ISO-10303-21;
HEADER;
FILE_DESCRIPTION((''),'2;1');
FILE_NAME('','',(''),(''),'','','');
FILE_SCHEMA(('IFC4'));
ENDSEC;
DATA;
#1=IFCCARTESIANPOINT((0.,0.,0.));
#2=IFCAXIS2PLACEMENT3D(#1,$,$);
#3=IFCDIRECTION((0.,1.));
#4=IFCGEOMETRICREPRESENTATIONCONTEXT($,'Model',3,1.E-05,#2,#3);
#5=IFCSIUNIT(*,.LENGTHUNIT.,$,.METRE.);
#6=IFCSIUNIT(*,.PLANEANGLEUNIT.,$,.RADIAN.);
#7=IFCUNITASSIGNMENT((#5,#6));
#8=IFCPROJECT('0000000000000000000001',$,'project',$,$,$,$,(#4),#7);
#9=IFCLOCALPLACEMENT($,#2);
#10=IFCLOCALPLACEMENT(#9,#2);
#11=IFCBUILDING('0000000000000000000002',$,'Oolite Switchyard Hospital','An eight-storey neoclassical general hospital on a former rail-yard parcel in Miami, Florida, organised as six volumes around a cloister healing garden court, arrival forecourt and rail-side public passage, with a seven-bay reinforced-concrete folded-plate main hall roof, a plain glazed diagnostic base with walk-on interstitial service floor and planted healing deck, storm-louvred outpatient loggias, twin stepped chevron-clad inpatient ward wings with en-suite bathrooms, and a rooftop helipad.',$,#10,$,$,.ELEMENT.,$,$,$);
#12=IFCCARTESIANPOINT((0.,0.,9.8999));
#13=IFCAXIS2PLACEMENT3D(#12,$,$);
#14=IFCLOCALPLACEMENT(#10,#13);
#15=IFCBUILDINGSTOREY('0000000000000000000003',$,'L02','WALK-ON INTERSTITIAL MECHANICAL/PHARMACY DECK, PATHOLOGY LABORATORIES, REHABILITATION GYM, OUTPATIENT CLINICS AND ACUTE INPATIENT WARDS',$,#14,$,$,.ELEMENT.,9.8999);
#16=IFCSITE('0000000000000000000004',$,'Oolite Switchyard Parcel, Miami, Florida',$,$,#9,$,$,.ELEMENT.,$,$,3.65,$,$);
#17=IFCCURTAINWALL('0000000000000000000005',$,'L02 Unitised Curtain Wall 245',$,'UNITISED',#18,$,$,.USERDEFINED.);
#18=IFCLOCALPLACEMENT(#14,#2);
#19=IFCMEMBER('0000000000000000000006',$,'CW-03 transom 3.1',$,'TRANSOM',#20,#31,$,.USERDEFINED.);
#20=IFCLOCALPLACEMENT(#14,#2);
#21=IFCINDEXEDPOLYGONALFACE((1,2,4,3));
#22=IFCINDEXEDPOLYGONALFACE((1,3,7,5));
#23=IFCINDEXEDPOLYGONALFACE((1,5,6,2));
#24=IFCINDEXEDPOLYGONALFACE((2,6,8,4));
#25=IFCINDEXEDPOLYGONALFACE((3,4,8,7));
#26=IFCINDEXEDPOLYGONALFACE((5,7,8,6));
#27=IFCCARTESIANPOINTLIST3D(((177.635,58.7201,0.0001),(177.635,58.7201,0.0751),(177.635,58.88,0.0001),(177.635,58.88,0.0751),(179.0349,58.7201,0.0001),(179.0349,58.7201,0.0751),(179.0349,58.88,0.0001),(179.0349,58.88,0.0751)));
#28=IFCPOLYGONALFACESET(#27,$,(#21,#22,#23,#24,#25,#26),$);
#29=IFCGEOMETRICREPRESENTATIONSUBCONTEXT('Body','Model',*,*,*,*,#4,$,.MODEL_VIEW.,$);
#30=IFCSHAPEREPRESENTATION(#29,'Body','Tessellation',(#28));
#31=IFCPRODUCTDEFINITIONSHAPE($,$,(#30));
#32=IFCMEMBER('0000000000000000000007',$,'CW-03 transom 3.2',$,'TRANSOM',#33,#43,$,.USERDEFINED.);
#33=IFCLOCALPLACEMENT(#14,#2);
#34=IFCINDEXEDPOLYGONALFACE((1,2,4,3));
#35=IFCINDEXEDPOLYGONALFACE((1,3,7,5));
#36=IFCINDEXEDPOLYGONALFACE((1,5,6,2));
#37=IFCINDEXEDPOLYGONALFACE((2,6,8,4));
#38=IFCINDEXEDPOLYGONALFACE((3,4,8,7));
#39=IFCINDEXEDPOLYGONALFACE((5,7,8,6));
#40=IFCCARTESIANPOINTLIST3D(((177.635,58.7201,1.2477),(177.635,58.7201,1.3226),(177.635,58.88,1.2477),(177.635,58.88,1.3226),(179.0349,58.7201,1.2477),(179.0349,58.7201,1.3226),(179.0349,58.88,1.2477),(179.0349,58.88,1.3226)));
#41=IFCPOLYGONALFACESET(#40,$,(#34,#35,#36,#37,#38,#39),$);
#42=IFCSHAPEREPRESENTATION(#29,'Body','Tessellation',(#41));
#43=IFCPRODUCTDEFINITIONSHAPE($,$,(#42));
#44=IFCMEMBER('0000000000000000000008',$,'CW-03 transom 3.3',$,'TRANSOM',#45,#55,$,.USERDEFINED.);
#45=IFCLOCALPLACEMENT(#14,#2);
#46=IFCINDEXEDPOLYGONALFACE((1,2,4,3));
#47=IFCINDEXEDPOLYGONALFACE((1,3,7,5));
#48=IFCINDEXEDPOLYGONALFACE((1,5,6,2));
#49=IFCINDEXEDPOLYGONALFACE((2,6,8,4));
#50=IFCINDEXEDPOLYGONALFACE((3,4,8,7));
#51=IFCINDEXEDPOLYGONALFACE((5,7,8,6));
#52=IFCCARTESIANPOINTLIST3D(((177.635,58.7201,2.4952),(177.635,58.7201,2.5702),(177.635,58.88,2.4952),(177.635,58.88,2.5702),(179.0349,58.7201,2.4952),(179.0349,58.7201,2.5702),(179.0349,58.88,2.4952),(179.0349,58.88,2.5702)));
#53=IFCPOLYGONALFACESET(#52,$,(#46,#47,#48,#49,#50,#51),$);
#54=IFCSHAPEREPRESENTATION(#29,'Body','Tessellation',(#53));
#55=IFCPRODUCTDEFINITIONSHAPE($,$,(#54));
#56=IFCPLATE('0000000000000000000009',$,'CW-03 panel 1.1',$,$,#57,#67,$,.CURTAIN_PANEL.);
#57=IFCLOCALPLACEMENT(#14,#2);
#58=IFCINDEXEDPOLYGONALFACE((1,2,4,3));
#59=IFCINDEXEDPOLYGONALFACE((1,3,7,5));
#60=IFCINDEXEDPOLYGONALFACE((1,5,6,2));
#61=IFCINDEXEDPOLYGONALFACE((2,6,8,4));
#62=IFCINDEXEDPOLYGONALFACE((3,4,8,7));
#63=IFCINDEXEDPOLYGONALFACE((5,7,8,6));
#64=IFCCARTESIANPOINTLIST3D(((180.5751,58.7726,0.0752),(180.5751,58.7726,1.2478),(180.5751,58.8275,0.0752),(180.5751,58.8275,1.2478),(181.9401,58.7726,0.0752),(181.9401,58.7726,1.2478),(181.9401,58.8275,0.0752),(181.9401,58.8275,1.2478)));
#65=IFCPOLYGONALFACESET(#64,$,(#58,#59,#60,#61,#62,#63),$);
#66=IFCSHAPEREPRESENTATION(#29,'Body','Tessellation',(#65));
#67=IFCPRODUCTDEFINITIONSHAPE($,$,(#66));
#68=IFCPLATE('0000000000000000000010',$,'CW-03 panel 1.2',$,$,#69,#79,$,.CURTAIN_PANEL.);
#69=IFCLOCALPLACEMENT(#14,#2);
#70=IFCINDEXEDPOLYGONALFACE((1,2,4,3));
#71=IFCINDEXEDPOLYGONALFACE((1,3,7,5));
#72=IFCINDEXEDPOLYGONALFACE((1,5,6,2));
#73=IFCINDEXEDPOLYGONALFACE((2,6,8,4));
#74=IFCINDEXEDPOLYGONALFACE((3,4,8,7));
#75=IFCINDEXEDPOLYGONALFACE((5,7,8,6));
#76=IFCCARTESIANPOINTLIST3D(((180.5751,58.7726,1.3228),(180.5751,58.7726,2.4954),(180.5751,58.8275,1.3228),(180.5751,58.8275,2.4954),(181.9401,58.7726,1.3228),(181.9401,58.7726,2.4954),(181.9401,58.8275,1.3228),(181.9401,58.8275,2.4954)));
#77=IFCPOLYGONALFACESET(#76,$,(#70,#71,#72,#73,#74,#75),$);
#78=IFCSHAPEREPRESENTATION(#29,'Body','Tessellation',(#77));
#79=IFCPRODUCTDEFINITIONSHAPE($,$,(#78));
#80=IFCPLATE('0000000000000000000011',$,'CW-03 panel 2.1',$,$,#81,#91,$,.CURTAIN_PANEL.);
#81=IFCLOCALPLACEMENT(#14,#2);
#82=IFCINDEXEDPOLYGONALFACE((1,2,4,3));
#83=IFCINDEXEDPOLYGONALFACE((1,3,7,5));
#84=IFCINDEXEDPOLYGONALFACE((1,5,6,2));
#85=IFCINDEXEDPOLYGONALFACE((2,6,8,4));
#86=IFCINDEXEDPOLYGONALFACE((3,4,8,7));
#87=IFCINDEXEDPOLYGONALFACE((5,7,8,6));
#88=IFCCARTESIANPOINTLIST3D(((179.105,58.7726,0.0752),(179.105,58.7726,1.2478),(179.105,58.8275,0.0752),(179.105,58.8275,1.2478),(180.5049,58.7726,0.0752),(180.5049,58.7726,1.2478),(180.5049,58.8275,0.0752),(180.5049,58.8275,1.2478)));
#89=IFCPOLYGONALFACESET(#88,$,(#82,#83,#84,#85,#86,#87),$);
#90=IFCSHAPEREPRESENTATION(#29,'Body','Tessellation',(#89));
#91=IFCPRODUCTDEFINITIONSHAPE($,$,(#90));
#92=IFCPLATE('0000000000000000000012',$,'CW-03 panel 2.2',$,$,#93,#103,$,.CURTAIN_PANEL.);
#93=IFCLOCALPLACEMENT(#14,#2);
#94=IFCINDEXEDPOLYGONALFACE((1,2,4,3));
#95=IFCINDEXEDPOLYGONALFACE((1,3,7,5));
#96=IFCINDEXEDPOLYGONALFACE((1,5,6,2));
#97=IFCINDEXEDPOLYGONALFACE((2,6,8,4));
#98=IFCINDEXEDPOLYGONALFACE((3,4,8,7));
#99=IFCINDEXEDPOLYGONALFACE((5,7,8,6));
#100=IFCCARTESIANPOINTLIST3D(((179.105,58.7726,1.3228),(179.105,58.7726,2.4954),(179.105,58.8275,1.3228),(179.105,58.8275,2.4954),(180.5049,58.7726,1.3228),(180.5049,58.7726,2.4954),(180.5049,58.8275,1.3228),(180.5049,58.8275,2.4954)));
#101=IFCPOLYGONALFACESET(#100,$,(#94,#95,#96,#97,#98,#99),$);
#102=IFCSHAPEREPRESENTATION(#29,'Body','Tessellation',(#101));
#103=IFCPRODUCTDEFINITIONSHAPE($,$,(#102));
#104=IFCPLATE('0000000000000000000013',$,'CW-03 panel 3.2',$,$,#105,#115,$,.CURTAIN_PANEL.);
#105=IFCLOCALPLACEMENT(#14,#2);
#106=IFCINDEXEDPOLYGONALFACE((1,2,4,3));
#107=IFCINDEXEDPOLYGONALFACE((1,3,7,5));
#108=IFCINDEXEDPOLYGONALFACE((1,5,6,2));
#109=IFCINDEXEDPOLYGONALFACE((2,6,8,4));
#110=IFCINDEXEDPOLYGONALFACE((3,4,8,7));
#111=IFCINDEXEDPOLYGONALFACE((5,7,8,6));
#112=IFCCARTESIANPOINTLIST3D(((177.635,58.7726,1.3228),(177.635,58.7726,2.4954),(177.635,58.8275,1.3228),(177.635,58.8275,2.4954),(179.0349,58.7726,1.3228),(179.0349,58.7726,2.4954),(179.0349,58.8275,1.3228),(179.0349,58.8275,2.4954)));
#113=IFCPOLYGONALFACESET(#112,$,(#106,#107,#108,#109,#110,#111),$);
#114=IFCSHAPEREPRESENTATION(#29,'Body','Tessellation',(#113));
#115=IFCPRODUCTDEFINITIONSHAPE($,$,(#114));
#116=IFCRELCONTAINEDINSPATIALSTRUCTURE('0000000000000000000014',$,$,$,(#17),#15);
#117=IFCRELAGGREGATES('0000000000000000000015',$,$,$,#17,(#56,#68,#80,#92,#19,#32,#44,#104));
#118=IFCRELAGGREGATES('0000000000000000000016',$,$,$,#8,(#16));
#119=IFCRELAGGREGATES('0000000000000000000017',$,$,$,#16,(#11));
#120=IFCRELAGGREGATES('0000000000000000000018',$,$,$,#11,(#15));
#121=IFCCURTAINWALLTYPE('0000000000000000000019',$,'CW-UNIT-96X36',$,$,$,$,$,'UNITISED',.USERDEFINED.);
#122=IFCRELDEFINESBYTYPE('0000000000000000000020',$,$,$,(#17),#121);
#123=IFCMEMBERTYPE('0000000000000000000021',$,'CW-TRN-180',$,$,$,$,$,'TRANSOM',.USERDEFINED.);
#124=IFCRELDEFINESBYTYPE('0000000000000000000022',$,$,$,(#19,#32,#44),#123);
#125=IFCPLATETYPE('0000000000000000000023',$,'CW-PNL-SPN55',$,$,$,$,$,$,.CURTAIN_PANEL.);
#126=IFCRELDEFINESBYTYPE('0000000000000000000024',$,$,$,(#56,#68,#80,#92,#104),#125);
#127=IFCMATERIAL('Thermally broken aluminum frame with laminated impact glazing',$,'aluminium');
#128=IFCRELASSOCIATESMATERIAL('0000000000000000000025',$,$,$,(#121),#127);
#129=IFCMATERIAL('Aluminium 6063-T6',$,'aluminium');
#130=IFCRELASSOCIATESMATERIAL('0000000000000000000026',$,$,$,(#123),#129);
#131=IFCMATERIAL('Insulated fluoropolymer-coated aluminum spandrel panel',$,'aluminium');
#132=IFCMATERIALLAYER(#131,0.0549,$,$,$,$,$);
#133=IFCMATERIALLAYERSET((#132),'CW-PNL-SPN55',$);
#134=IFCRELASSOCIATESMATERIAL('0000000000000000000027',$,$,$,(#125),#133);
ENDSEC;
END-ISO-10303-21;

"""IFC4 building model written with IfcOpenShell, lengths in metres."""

from ifc_helpers import new_model, si_unit, direction, frame, origin, origin_2d, place, context, subcontext, project, spatial, rectangle, extrude, material, layer, layer_set, material_profile, profile_set, type_object, element, aggregate, save


model = new_model("IFC4")

# Units and contexts
model_context = context("Model", 3, precision=1e-05, world=origin(), true_north=direction((0.0, 1.0)))
body_context = subcontext(model_context, "Body", "Model", "MODEL_VIEW")
ifc_project = project(units=[si_unit("LENGTHUNIT", "METRE"), si_unit("PLANEANGLEUNIT", "RADIAN")], contexts=[model_context])

# Site, building, storey
site_placement = place(None, origin())
site = spatial("IfcSite", under=ifc_project, at=site_placement, Name="Oolite Switchyard Parcel, Miami, Florida", CompositionType="ELEMENT", RefElevation=3.65)
building_placement = place(site_placement, origin())
building = spatial("IfcBuilding", under=site, at=building_placement, Name="Oolite Switchyard Hospital", Description="An eight-storey neoclassical general hospital on a former rail-yard parcel in Miami, Florida, organised as six volumes around a cloister healing garden court, arrival forecourt and rail-side public passage, with a seven-bay reinforced-concrete folded-plate main hall roof, a plain glazed diagnostic base with walk-on interstitial service floor and planted healing deck, storm-louvred outpatient loggias, twin stepped chevron-clad inpatient ward wings with en-suite bathrooms, and a rooftop helipad.", CompositionType="ELEMENT")
storey_placement = place(building_placement, frame((0.0, 0.0, 9.8999)))
storey = spatial("IfcBuildingStorey", under=building, at=storey_placement, Name="L02", Description="WALK-ON INTERSTITIAL MECHANICAL/PHARMACY DECK, PATHOLOGY LABORATORIES, REHABILITATION GYM, OUTPATIENT CLINICS AND ACUTE INPATIENT WARDS", CompositionType="ELEMENT", Elevation=9.8999)

# Curtain wall, members, plates
ifc_material_1 = material(Name="Thermally broken aluminum frame with laminated impact glazing", Category="aluminium")
curtain_wall_type = type_object("IfcCurtainWallType", Name="CW-UNIT-96X36", ElementType="UNITISED", PredefinedType="USERDEFINED", material=ifc_material_1)
curtain_wall_placement = place(storey_placement, origin())
curtain_wall = element("IfcCurtainWall", 1, at=curtain_wall_placement, inside=storey, type_object=curtain_wall_type, Name="L02 Unitised Curtain Wall 245", ObjectType="UNITISED", PredefinedType="USERDEFINED")
ifc_material_2 = material(Name="Aluminium 6063-T6", Category="aluminium")
ifc_material_profile_1 = material_profile(ifc_material_2, rectangle(XDim=0.1599, YDim=0.075, at=origin_2d()), Name="CWT75X160")
ifc_profile_set_1 = profile_set([ifc_material_profile_1], Name="Aluminium 6063-T6")
member_type_1 = type_object("IfcMemberType", Name="CW-TRN-180", ElementType="TRANSOM", PredefinedType="USERDEFINED", material=ifc_profile_set_1)
member_1_placement = place(storey_placement, frame((179.0349, 58.8, 0.0376), z_axis=(-1.0, 0.0, 0.0), x_axis=(0.0, -1.0, 0.0)))
member_1 = element("IfcMember", 2, at=member_1_placement, type_object=member_type_1, Name="CW-03 transom 3.1", ObjectType="TRANSOM", PredefinedType="USERDEFINED", context=body_context, shape_type="SweptSolid", body=[
    extrude(rectangle(XDim=0.1599, YDim=0.075, at=origin_2d()), origin(), (0.0, 0.0, 1.0), 1.3999),
])
member_2_placement = place(storey_placement, frame((179.0349, 58.8, 1.2852), z_axis=(-1.0, 0.0, 0.0), x_axis=(0.0, -1.0, 0.0)))
member_2 = element("IfcMember", 3, at=member_2_placement, type_object=member_type_1, Name="CW-03 transom 3.2", ObjectType="TRANSOM", PredefinedType="USERDEFINED", context=body_context, shape_type="SweptSolid", body=[
    extrude(rectangle(XDim=0.1599, YDim=0.075, at=origin_2d()), origin(), (0.0, 0.0, 1.0), 1.3999),
])
member_3_placement = place(storey_placement, frame((179.0349, 58.8, 2.5327), z_axis=(-1.0, 0.0, 0.0), x_axis=(0.0, -1.0, 0.0)))
member_3 = element("IfcMember", 4, at=member_3_placement, type_object=member_type_1, Name="CW-03 transom 3.3", ObjectType="TRANSOM", PredefinedType="USERDEFINED", context=body_context, shape_type="SweptSolid", body=[
    extrude(rectangle(XDim=0.1599, YDim=0.075, at=origin_2d()), origin(), (0.0, 0.0, 1.0), 1.3999),
])
ifc_material_3 = material(Name="Insulated fluoropolymer-coated aluminum spandrel panel", Category="aluminium")
ifc_layer = layer(ifc_material_3, 0.0549)
ifc_layer_set = layer_set([ifc_layer], Name="CW-PNL-SPN55")
plate_type = type_object("IfcPlateType", Name="CW-PNL-SPN55", PredefinedType="CURTAIN_PANEL", material=ifc_layer_set)
plate_1_placement = place(storey_placement, frame((181.2576, 58.8, 0.0752), z_axis=(0.0, 0.0, 1.0), x_axis=(-1.0, 0.0, 0.0)))
plate_1 = element("IfcPlate", 5, at=plate_1_placement, type_object=plate_type, Name="CW-03 panel 1.1", PredefinedType="CURTAIN_PANEL", context=body_context, shape_type="SweptSolid", body=[
    extrude(rectangle(XDim=1.365, YDim=0.0549, at=origin_2d()), origin(), (0.0, 0.0, 1.0), 1.1726),
])
plate_2_placement = place(storey_placement, frame((181.2576, 58.8, 1.3228), z_axis=(0.0, 0.0, 1.0), x_axis=(-1.0, 0.0, 0.0)))
plate_2 = element("IfcPlate", 6, at=plate_2_placement, type_object=plate_type, Name="CW-03 panel 1.2", PredefinedType="CURTAIN_PANEL", context=body_context, shape_type="SweptSolid", body=[
    extrude(rectangle(XDim=1.365, YDim=0.0549, at=origin_2d()), origin(), (0.0, 0.0, 1.0), 1.1726),
])
plate_3_placement = place(storey_placement, frame((179.8049, 58.8, 0.0752), z_axis=(0.0, 0.0, 1.0), x_axis=(-1.0, 0.0, 0.0)))
plate_3 = element("IfcPlate", 7, at=plate_3_placement, type_object=plate_type, Name="CW-03 panel 2.1", PredefinedType="CURTAIN_PANEL", context=body_context, shape_type="SweptSolid", body=[
    extrude(rectangle(XDim=1.3999, YDim=0.0549, at=origin_2d()), origin(), (0.0, 0.0, 1.0), 1.1726),
])
plate_4_placement = place(storey_placement, frame((179.8049, 58.8, 1.3228), z_axis=(0.0, 0.0, 1.0), x_axis=(-1.0, 0.0, 0.0)))
plate_4 = element("IfcPlate", 8, at=plate_4_placement, type_object=plate_type, Name="CW-03 panel 2.2", PredefinedType="CURTAIN_PANEL", context=body_context, shape_type="SweptSolid", body=[
    extrude(rectangle(XDim=1.3999, YDim=0.0549, at=origin_2d()), origin(), (0.0, 0.0, 1.0), 1.1726),
])
plate_5_placement = place(storey_placement, frame((178.335, 58.8, 1.3228), z_axis=(0.0, 0.0, 1.0), x_axis=(-1.0, 0.0, 0.0)))
plate_5 = element("IfcPlate", 9, at=plate_5_placement, type_object=plate_type, Name="CW-03 panel 3.2", PredefinedType="CURTAIN_PANEL", context=body_context, shape_type="SweptSolid", body=[
    extrude(rectangle(XDim=1.3999, YDim=0.0549, at=origin_2d()), origin(), (0.0, 0.0, 1.0), 1.1726),
])
aggregate(curtain_wall, [plate_1, plate_2, plate_3, plate_4, member_1, member_2, member_3, plate_5])

save(model, "model.ifc")
